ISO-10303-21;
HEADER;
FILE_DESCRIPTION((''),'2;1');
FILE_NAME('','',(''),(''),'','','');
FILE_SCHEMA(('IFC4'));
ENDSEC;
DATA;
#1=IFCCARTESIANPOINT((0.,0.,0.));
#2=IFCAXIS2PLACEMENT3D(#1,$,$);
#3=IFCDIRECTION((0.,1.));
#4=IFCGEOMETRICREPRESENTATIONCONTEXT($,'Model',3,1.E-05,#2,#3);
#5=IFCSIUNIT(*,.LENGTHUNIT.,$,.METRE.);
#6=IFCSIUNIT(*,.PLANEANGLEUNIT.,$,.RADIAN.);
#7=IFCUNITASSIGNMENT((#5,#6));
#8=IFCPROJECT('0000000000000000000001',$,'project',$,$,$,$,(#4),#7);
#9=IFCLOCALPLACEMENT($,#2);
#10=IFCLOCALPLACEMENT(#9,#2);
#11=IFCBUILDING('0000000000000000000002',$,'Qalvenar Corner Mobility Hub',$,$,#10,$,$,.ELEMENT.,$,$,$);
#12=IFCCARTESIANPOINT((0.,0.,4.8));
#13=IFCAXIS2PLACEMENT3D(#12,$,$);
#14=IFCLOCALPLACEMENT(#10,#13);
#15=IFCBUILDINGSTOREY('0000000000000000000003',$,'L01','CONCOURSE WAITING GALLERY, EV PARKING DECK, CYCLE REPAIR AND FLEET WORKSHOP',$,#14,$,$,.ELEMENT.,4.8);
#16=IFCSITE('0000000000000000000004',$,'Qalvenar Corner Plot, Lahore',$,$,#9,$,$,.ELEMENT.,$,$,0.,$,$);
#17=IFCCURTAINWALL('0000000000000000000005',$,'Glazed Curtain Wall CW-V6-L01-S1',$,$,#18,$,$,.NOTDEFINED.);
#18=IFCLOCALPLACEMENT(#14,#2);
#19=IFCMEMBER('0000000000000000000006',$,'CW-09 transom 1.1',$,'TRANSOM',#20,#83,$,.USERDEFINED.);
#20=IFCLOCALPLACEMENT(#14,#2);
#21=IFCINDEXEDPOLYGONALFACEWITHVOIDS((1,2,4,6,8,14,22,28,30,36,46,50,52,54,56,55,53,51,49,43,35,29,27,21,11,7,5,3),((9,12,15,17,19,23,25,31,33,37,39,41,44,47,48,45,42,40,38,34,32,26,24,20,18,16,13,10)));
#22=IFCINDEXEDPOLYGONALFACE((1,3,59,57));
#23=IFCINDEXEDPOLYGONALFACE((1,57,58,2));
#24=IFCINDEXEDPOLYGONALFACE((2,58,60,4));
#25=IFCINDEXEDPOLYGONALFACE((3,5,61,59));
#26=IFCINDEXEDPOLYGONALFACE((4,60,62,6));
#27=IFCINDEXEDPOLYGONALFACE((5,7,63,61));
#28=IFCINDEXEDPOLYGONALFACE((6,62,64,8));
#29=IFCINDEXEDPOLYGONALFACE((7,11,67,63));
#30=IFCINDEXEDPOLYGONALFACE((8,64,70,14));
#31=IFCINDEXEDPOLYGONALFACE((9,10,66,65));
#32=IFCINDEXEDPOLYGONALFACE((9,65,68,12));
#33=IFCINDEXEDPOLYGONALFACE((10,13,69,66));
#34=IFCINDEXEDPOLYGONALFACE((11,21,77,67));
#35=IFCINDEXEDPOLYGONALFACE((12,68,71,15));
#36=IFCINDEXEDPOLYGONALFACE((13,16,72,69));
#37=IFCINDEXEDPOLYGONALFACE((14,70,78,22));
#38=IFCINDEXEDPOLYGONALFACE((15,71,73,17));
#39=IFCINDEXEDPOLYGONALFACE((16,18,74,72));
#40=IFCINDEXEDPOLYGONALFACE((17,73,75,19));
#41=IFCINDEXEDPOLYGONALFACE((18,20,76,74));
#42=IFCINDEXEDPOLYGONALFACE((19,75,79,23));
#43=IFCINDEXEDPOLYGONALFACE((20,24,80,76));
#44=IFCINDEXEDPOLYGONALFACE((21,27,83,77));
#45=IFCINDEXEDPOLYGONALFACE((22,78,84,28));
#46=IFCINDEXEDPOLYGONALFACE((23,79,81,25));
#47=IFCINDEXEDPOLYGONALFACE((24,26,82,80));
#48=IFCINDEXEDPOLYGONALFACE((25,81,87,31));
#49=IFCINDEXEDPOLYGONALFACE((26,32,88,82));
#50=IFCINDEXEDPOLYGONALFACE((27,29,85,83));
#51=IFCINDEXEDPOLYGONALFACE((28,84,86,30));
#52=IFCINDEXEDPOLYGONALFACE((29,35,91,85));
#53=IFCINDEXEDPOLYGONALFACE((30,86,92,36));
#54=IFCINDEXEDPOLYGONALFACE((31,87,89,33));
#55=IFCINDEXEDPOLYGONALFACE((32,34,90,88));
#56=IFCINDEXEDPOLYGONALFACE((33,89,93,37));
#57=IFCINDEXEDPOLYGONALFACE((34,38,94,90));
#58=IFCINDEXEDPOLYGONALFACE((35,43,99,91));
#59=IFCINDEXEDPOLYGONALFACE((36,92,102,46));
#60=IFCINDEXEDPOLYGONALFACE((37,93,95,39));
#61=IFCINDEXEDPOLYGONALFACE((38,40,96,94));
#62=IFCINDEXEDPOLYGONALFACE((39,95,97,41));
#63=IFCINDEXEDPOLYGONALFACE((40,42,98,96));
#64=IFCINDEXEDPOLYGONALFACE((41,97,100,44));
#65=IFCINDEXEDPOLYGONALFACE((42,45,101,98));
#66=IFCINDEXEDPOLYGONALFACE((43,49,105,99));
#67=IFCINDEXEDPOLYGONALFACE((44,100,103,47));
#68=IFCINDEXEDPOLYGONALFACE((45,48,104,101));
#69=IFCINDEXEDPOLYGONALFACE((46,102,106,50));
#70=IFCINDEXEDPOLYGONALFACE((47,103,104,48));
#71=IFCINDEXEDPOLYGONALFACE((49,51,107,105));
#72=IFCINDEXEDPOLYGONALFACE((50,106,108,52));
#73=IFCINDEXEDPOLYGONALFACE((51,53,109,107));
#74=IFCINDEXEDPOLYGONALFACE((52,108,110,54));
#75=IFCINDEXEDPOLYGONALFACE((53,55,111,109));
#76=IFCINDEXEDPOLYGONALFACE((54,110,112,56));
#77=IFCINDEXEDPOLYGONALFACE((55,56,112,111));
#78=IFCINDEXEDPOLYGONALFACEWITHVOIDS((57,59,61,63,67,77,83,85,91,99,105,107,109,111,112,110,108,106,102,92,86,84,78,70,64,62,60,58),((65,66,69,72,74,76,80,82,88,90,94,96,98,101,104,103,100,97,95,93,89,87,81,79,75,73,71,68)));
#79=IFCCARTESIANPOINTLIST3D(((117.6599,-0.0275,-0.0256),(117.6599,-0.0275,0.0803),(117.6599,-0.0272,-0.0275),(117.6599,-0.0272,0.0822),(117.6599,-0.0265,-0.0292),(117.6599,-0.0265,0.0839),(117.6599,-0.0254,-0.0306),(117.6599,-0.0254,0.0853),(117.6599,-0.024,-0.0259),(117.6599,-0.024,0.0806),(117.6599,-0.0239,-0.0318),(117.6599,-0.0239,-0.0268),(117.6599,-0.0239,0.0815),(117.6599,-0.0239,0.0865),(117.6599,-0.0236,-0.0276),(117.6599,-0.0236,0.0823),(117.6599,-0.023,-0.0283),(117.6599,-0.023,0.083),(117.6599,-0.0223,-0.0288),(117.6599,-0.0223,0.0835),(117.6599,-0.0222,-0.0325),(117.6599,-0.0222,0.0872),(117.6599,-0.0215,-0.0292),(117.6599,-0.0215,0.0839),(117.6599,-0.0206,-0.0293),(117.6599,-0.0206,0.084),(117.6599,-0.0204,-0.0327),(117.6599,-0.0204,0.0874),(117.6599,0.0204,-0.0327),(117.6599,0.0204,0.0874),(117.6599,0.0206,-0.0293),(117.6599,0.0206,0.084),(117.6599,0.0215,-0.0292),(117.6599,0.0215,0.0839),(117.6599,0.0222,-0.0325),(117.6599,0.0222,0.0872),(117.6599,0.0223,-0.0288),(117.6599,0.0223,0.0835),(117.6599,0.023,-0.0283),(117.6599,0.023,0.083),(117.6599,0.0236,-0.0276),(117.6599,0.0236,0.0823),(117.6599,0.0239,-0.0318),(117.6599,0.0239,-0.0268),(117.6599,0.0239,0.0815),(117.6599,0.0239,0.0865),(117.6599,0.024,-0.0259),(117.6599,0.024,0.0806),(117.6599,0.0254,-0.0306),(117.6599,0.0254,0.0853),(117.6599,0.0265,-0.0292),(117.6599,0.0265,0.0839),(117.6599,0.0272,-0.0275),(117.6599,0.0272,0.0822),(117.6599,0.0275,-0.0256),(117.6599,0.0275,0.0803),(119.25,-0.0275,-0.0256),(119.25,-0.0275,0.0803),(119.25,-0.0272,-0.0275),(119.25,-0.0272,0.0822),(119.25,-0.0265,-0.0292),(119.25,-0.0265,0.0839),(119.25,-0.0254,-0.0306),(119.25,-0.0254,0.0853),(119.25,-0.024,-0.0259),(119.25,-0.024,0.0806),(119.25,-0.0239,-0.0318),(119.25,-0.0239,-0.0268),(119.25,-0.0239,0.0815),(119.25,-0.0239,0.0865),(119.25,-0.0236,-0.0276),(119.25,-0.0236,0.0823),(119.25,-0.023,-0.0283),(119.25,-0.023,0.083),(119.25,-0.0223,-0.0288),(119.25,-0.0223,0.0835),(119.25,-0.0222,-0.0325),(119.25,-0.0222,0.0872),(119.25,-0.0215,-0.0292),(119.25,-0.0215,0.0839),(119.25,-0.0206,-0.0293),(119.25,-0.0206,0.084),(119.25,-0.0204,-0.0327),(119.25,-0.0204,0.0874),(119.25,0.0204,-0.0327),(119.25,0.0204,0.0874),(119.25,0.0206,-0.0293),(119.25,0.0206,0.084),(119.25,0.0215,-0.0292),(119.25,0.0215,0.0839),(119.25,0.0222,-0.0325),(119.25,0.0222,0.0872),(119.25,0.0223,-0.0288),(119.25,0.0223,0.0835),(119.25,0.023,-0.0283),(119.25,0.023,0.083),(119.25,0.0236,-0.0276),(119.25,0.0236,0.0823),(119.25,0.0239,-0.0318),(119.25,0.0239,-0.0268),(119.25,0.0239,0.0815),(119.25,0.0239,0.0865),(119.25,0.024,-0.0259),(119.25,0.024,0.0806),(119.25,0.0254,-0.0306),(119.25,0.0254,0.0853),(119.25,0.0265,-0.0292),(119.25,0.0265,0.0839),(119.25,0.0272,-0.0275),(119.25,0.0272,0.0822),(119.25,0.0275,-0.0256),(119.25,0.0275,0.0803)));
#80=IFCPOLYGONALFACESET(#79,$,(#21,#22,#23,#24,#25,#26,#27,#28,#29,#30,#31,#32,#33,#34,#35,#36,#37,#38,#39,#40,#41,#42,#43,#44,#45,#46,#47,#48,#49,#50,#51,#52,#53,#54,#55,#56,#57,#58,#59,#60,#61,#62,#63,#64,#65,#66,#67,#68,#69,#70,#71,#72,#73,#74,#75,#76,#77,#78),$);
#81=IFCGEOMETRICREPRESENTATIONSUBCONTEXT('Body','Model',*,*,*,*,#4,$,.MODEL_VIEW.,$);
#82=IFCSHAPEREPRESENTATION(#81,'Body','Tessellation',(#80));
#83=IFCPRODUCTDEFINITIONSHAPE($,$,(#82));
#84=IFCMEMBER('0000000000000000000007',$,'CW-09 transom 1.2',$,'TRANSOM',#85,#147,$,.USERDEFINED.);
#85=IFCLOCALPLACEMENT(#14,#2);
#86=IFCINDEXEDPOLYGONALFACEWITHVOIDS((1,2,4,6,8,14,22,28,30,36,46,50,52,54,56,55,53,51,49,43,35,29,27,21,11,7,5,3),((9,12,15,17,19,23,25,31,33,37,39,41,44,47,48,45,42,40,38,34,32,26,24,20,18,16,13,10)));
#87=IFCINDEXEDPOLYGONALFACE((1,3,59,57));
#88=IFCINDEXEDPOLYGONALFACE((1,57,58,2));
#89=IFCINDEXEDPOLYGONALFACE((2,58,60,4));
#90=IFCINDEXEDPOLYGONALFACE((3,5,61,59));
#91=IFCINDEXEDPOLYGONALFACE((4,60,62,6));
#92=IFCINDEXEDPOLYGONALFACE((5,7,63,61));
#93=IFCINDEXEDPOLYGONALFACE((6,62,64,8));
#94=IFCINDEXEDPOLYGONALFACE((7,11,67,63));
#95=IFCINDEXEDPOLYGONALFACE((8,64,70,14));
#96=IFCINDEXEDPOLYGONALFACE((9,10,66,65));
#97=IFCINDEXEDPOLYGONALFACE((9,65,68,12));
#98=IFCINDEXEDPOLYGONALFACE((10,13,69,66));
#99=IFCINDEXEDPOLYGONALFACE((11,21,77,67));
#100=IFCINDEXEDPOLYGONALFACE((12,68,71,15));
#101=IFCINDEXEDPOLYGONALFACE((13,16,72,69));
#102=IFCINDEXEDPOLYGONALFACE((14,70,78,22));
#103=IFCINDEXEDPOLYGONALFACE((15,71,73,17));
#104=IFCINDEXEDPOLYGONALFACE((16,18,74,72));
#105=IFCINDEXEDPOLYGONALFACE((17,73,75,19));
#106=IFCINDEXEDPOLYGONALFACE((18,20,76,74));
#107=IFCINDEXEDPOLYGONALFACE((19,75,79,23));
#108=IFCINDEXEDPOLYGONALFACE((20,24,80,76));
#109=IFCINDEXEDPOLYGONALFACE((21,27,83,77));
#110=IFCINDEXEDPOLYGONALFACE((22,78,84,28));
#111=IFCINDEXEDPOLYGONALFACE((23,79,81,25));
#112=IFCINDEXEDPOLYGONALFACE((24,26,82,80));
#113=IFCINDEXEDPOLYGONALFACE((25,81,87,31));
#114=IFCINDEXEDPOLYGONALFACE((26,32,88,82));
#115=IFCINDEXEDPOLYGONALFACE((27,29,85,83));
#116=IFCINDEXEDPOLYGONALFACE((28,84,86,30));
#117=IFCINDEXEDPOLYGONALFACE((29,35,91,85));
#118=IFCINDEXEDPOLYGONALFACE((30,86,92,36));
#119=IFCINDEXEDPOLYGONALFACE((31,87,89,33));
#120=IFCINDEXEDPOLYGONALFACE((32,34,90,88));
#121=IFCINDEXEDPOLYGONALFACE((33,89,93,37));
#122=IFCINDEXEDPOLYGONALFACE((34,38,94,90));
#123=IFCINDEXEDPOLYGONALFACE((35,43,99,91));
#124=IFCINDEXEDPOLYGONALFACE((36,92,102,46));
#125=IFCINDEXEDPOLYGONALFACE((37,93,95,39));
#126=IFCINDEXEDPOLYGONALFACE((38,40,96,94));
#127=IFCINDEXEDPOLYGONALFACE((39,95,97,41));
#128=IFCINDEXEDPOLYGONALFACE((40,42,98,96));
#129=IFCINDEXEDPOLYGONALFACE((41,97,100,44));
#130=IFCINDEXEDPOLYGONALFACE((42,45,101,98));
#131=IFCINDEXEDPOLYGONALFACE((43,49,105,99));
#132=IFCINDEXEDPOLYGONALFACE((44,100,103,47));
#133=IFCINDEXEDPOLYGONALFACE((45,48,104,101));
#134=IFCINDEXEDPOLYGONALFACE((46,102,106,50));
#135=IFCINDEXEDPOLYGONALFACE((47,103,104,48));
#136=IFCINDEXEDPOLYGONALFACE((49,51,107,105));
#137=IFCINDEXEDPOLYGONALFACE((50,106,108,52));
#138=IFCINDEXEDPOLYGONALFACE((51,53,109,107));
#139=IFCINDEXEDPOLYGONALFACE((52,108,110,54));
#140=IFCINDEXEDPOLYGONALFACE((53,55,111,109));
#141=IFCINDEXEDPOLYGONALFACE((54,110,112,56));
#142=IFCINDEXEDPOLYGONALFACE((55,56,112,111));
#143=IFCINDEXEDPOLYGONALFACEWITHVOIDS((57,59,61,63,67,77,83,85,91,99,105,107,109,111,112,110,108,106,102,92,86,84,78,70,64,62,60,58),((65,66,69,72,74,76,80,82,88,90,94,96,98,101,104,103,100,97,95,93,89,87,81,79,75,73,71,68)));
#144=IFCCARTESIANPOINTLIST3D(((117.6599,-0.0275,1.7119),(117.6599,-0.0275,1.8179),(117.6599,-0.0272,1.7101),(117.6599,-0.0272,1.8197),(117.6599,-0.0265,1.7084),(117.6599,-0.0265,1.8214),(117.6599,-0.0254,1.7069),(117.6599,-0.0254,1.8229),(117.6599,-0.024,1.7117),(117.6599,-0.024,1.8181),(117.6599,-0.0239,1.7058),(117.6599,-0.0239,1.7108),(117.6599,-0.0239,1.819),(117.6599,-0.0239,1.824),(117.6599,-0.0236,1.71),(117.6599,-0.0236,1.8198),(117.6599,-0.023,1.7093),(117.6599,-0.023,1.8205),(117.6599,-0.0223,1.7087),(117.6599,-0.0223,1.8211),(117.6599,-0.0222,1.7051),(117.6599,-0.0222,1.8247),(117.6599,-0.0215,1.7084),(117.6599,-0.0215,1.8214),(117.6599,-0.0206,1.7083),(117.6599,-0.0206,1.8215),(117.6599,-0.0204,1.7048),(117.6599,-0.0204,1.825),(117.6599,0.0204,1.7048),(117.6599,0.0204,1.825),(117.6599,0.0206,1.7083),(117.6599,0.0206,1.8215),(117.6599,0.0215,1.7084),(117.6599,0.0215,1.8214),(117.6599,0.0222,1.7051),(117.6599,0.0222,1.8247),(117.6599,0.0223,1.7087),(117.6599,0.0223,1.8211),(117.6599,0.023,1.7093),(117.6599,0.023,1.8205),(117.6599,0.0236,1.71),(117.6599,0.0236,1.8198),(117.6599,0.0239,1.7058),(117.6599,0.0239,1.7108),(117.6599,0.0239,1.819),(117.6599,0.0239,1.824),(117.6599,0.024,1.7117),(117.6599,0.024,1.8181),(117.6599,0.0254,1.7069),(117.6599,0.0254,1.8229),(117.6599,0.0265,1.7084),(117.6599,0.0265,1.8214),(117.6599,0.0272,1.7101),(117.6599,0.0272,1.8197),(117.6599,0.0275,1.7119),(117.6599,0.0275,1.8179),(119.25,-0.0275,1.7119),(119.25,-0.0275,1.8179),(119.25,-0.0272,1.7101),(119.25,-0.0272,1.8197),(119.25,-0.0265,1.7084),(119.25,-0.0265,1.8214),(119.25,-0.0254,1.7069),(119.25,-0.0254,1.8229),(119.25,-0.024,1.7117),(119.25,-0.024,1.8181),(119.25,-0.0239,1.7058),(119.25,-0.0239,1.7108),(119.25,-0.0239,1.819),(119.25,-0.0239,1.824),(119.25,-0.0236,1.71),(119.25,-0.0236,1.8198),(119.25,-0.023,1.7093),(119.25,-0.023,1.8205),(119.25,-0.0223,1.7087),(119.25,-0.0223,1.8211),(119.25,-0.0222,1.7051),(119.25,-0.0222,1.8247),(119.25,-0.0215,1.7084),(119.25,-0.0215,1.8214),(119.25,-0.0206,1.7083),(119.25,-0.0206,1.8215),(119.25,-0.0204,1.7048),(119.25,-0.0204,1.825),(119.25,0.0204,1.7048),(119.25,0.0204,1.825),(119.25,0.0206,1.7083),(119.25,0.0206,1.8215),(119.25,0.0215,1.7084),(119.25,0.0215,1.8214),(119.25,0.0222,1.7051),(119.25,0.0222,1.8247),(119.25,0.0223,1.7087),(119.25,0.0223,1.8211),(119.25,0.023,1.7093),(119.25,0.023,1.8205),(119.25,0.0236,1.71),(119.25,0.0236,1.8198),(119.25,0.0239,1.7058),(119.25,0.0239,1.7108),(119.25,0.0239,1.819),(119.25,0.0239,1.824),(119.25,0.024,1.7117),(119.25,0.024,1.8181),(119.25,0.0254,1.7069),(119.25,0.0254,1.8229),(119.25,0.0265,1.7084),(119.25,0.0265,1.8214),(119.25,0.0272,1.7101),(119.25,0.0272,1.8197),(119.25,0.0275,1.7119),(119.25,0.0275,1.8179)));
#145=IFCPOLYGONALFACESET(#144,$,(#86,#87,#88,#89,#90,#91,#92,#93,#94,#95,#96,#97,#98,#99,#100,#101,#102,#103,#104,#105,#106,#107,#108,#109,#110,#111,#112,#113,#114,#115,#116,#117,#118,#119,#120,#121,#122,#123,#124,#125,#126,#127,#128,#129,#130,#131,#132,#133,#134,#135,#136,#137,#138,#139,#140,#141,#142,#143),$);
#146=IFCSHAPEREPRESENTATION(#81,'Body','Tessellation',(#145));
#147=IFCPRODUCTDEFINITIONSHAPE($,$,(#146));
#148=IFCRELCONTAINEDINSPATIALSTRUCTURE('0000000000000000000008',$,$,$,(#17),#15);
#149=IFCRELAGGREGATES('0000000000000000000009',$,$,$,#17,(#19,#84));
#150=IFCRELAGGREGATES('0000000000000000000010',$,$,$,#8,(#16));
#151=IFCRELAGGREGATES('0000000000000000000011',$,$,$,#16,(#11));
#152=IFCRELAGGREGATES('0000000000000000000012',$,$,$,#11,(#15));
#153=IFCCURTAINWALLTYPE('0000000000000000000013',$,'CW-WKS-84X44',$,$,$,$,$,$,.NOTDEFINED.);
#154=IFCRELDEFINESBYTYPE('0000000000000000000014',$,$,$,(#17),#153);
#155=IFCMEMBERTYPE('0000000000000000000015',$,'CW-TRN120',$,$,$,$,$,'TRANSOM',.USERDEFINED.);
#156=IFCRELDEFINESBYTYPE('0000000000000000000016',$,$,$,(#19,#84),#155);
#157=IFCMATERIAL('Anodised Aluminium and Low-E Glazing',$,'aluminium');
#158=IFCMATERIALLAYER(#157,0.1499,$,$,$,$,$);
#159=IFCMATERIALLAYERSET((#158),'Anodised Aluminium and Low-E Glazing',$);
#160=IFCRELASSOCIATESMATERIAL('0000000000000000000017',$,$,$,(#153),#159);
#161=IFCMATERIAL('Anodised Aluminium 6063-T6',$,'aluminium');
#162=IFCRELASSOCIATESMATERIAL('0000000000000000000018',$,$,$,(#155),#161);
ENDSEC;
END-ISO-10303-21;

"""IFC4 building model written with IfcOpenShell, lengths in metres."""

from ifc_helpers import new_model, si_unit, direction, frame, origin, origin_2d, place, context, subcontext, project, spatial, hollow_rectangle, extrude, material, layer, layer_set, material_profile, profile_set, type_object, element, aggregate, save


model = new_model("IFC4")

# Units and contexts
model_context = context("Model", 3, precision=1e-05, world=origin(), true_north=direction((0.0, 1.0)))
body_context = subcontext(model_context, "Body", "Model", "MODEL_VIEW")
ifc_project = project(units=[si_unit("LENGTHUNIT", "METRE"), si_unit("PLANEANGLEUNIT", "RADIAN")], contexts=[model_context])

# Site, building, storey
site_placement = place(None, origin())
site = spatial("IfcSite", under=ifc_project, at=site_placement, Name="Qalvenar Corner Plot, Lahore", CompositionType="ELEMENT", RefElevation=0.0)
building_placement = place(site_placement, origin())
building = spatial("IfcBuilding", under=site, at=building_placement, Name="Qalvenar Corner Mobility Hub", CompositionType="ELEMENT")
storey_placement = place(building_placement, frame((0.0, 0.0, 4.8)))
storey = spatial("IfcBuildingStorey", under=building, at=storey_placement, Name="L01", Description="CONCOURSE WAITING GALLERY, EV PARKING DECK, CYCLE REPAIR AND FLEET WORKSHOP", CompositionType="ELEMENT", Elevation=4.8)

# Curtain wall, members
ifc_material_1 = material(Name="Anodised Aluminium and Low-E Glazing", Category="aluminium")
ifc_layer_1 = layer(ifc_material_1, 0.1499)
ifc_layer_set_1 = layer_set([ifc_layer_1], Name="Anodised Aluminium and Low-E Glazing")
curtain_wall_type = type_object("IfcCurtainWallType", Name="CW-WKS-84X44", PredefinedType="NOTDEFINED", material=ifc_layer_set_1)
curtain_wall_placement = place(storey_placement, origin())
curtain_wall = element("IfcCurtainWall", 1, at=curtain_wall_placement, inside=storey, type_object=curtain_wall_type, Name="Glazed Curtain Wall CW-V6-L01-S1", PredefinedType="NOTDEFINED")
ifc_material_2 = material(Name="Anodised Aluminium 6063-T6", Category="aluminium")
ifc_material_profile_1 = material_profile(ifc_material_2, hollow_rectangle(XDim=0.0549, YDim=0.1201, WallThickness=0.0034, InnerFilletRadius=0.0034, OuterFilletRadius=0.0071, at=origin_2d()), Name="RHS120x55x3.5")
ifc_profile_set_1 = profile_set([ifc_material_profile_1], Name="Anodised Aluminium 6063-T6")
member_type_1 = type_object("IfcMemberType", Name="CW-TRN120", ElementType="TRANSOM", PredefinedType="USERDEFINED", material=ifc_profile_set_1)
member_1_placement = place(storey_placement, frame((117.6599, 0.0, 0.0273), z_axis=(1.0, 0.0, 0.0), x_axis=(0.0, 1.0, 0.0)))
member_1 = element("IfcMember", 2, at=member_1_placement, type_object=member_type_1, Name="CW-09 transom 1.1", ObjectType="TRANSOM", PredefinedType="USERDEFINED", context=body_context, shape_type="SweptSolid", body=[
    extrude(hollow_rectangle(XDim=0.0549, YDim=0.1201, WallThickness=0.0034, InnerFilletRadius=0.0034, OuterFilletRadius=0.0071, at=origin_2d()), origin(), (0.0, 0.0, 1.0), 1.5901),
])
member_2_placement = place(storey_placement, frame((117.6599, 0.0, 1.7649), z_axis=(1.0, 0.0, 0.0), x_axis=(0.0, 1.0, 0.0)))
member_2 = element("IfcMember", 3, at=member_2_placement, type_object=member_type_1, Name="CW-09 transom 1.2", ObjectType="TRANSOM", PredefinedType="USERDEFINED", context=body_context, shape_type="SweptSolid", body=[
    extrude(hollow_rectangle(XDim=0.0549, YDim=0.1201, WallThickness=0.0034, InnerFilletRadius=0.0034, OuterFilletRadius=0.0071, at=origin_2d()), origin(), (0.0, 0.0, 1.0), 1.5901),
])
aggregate(curtain_wall, [member_1, member_2])

save(model, "model.ifc")
